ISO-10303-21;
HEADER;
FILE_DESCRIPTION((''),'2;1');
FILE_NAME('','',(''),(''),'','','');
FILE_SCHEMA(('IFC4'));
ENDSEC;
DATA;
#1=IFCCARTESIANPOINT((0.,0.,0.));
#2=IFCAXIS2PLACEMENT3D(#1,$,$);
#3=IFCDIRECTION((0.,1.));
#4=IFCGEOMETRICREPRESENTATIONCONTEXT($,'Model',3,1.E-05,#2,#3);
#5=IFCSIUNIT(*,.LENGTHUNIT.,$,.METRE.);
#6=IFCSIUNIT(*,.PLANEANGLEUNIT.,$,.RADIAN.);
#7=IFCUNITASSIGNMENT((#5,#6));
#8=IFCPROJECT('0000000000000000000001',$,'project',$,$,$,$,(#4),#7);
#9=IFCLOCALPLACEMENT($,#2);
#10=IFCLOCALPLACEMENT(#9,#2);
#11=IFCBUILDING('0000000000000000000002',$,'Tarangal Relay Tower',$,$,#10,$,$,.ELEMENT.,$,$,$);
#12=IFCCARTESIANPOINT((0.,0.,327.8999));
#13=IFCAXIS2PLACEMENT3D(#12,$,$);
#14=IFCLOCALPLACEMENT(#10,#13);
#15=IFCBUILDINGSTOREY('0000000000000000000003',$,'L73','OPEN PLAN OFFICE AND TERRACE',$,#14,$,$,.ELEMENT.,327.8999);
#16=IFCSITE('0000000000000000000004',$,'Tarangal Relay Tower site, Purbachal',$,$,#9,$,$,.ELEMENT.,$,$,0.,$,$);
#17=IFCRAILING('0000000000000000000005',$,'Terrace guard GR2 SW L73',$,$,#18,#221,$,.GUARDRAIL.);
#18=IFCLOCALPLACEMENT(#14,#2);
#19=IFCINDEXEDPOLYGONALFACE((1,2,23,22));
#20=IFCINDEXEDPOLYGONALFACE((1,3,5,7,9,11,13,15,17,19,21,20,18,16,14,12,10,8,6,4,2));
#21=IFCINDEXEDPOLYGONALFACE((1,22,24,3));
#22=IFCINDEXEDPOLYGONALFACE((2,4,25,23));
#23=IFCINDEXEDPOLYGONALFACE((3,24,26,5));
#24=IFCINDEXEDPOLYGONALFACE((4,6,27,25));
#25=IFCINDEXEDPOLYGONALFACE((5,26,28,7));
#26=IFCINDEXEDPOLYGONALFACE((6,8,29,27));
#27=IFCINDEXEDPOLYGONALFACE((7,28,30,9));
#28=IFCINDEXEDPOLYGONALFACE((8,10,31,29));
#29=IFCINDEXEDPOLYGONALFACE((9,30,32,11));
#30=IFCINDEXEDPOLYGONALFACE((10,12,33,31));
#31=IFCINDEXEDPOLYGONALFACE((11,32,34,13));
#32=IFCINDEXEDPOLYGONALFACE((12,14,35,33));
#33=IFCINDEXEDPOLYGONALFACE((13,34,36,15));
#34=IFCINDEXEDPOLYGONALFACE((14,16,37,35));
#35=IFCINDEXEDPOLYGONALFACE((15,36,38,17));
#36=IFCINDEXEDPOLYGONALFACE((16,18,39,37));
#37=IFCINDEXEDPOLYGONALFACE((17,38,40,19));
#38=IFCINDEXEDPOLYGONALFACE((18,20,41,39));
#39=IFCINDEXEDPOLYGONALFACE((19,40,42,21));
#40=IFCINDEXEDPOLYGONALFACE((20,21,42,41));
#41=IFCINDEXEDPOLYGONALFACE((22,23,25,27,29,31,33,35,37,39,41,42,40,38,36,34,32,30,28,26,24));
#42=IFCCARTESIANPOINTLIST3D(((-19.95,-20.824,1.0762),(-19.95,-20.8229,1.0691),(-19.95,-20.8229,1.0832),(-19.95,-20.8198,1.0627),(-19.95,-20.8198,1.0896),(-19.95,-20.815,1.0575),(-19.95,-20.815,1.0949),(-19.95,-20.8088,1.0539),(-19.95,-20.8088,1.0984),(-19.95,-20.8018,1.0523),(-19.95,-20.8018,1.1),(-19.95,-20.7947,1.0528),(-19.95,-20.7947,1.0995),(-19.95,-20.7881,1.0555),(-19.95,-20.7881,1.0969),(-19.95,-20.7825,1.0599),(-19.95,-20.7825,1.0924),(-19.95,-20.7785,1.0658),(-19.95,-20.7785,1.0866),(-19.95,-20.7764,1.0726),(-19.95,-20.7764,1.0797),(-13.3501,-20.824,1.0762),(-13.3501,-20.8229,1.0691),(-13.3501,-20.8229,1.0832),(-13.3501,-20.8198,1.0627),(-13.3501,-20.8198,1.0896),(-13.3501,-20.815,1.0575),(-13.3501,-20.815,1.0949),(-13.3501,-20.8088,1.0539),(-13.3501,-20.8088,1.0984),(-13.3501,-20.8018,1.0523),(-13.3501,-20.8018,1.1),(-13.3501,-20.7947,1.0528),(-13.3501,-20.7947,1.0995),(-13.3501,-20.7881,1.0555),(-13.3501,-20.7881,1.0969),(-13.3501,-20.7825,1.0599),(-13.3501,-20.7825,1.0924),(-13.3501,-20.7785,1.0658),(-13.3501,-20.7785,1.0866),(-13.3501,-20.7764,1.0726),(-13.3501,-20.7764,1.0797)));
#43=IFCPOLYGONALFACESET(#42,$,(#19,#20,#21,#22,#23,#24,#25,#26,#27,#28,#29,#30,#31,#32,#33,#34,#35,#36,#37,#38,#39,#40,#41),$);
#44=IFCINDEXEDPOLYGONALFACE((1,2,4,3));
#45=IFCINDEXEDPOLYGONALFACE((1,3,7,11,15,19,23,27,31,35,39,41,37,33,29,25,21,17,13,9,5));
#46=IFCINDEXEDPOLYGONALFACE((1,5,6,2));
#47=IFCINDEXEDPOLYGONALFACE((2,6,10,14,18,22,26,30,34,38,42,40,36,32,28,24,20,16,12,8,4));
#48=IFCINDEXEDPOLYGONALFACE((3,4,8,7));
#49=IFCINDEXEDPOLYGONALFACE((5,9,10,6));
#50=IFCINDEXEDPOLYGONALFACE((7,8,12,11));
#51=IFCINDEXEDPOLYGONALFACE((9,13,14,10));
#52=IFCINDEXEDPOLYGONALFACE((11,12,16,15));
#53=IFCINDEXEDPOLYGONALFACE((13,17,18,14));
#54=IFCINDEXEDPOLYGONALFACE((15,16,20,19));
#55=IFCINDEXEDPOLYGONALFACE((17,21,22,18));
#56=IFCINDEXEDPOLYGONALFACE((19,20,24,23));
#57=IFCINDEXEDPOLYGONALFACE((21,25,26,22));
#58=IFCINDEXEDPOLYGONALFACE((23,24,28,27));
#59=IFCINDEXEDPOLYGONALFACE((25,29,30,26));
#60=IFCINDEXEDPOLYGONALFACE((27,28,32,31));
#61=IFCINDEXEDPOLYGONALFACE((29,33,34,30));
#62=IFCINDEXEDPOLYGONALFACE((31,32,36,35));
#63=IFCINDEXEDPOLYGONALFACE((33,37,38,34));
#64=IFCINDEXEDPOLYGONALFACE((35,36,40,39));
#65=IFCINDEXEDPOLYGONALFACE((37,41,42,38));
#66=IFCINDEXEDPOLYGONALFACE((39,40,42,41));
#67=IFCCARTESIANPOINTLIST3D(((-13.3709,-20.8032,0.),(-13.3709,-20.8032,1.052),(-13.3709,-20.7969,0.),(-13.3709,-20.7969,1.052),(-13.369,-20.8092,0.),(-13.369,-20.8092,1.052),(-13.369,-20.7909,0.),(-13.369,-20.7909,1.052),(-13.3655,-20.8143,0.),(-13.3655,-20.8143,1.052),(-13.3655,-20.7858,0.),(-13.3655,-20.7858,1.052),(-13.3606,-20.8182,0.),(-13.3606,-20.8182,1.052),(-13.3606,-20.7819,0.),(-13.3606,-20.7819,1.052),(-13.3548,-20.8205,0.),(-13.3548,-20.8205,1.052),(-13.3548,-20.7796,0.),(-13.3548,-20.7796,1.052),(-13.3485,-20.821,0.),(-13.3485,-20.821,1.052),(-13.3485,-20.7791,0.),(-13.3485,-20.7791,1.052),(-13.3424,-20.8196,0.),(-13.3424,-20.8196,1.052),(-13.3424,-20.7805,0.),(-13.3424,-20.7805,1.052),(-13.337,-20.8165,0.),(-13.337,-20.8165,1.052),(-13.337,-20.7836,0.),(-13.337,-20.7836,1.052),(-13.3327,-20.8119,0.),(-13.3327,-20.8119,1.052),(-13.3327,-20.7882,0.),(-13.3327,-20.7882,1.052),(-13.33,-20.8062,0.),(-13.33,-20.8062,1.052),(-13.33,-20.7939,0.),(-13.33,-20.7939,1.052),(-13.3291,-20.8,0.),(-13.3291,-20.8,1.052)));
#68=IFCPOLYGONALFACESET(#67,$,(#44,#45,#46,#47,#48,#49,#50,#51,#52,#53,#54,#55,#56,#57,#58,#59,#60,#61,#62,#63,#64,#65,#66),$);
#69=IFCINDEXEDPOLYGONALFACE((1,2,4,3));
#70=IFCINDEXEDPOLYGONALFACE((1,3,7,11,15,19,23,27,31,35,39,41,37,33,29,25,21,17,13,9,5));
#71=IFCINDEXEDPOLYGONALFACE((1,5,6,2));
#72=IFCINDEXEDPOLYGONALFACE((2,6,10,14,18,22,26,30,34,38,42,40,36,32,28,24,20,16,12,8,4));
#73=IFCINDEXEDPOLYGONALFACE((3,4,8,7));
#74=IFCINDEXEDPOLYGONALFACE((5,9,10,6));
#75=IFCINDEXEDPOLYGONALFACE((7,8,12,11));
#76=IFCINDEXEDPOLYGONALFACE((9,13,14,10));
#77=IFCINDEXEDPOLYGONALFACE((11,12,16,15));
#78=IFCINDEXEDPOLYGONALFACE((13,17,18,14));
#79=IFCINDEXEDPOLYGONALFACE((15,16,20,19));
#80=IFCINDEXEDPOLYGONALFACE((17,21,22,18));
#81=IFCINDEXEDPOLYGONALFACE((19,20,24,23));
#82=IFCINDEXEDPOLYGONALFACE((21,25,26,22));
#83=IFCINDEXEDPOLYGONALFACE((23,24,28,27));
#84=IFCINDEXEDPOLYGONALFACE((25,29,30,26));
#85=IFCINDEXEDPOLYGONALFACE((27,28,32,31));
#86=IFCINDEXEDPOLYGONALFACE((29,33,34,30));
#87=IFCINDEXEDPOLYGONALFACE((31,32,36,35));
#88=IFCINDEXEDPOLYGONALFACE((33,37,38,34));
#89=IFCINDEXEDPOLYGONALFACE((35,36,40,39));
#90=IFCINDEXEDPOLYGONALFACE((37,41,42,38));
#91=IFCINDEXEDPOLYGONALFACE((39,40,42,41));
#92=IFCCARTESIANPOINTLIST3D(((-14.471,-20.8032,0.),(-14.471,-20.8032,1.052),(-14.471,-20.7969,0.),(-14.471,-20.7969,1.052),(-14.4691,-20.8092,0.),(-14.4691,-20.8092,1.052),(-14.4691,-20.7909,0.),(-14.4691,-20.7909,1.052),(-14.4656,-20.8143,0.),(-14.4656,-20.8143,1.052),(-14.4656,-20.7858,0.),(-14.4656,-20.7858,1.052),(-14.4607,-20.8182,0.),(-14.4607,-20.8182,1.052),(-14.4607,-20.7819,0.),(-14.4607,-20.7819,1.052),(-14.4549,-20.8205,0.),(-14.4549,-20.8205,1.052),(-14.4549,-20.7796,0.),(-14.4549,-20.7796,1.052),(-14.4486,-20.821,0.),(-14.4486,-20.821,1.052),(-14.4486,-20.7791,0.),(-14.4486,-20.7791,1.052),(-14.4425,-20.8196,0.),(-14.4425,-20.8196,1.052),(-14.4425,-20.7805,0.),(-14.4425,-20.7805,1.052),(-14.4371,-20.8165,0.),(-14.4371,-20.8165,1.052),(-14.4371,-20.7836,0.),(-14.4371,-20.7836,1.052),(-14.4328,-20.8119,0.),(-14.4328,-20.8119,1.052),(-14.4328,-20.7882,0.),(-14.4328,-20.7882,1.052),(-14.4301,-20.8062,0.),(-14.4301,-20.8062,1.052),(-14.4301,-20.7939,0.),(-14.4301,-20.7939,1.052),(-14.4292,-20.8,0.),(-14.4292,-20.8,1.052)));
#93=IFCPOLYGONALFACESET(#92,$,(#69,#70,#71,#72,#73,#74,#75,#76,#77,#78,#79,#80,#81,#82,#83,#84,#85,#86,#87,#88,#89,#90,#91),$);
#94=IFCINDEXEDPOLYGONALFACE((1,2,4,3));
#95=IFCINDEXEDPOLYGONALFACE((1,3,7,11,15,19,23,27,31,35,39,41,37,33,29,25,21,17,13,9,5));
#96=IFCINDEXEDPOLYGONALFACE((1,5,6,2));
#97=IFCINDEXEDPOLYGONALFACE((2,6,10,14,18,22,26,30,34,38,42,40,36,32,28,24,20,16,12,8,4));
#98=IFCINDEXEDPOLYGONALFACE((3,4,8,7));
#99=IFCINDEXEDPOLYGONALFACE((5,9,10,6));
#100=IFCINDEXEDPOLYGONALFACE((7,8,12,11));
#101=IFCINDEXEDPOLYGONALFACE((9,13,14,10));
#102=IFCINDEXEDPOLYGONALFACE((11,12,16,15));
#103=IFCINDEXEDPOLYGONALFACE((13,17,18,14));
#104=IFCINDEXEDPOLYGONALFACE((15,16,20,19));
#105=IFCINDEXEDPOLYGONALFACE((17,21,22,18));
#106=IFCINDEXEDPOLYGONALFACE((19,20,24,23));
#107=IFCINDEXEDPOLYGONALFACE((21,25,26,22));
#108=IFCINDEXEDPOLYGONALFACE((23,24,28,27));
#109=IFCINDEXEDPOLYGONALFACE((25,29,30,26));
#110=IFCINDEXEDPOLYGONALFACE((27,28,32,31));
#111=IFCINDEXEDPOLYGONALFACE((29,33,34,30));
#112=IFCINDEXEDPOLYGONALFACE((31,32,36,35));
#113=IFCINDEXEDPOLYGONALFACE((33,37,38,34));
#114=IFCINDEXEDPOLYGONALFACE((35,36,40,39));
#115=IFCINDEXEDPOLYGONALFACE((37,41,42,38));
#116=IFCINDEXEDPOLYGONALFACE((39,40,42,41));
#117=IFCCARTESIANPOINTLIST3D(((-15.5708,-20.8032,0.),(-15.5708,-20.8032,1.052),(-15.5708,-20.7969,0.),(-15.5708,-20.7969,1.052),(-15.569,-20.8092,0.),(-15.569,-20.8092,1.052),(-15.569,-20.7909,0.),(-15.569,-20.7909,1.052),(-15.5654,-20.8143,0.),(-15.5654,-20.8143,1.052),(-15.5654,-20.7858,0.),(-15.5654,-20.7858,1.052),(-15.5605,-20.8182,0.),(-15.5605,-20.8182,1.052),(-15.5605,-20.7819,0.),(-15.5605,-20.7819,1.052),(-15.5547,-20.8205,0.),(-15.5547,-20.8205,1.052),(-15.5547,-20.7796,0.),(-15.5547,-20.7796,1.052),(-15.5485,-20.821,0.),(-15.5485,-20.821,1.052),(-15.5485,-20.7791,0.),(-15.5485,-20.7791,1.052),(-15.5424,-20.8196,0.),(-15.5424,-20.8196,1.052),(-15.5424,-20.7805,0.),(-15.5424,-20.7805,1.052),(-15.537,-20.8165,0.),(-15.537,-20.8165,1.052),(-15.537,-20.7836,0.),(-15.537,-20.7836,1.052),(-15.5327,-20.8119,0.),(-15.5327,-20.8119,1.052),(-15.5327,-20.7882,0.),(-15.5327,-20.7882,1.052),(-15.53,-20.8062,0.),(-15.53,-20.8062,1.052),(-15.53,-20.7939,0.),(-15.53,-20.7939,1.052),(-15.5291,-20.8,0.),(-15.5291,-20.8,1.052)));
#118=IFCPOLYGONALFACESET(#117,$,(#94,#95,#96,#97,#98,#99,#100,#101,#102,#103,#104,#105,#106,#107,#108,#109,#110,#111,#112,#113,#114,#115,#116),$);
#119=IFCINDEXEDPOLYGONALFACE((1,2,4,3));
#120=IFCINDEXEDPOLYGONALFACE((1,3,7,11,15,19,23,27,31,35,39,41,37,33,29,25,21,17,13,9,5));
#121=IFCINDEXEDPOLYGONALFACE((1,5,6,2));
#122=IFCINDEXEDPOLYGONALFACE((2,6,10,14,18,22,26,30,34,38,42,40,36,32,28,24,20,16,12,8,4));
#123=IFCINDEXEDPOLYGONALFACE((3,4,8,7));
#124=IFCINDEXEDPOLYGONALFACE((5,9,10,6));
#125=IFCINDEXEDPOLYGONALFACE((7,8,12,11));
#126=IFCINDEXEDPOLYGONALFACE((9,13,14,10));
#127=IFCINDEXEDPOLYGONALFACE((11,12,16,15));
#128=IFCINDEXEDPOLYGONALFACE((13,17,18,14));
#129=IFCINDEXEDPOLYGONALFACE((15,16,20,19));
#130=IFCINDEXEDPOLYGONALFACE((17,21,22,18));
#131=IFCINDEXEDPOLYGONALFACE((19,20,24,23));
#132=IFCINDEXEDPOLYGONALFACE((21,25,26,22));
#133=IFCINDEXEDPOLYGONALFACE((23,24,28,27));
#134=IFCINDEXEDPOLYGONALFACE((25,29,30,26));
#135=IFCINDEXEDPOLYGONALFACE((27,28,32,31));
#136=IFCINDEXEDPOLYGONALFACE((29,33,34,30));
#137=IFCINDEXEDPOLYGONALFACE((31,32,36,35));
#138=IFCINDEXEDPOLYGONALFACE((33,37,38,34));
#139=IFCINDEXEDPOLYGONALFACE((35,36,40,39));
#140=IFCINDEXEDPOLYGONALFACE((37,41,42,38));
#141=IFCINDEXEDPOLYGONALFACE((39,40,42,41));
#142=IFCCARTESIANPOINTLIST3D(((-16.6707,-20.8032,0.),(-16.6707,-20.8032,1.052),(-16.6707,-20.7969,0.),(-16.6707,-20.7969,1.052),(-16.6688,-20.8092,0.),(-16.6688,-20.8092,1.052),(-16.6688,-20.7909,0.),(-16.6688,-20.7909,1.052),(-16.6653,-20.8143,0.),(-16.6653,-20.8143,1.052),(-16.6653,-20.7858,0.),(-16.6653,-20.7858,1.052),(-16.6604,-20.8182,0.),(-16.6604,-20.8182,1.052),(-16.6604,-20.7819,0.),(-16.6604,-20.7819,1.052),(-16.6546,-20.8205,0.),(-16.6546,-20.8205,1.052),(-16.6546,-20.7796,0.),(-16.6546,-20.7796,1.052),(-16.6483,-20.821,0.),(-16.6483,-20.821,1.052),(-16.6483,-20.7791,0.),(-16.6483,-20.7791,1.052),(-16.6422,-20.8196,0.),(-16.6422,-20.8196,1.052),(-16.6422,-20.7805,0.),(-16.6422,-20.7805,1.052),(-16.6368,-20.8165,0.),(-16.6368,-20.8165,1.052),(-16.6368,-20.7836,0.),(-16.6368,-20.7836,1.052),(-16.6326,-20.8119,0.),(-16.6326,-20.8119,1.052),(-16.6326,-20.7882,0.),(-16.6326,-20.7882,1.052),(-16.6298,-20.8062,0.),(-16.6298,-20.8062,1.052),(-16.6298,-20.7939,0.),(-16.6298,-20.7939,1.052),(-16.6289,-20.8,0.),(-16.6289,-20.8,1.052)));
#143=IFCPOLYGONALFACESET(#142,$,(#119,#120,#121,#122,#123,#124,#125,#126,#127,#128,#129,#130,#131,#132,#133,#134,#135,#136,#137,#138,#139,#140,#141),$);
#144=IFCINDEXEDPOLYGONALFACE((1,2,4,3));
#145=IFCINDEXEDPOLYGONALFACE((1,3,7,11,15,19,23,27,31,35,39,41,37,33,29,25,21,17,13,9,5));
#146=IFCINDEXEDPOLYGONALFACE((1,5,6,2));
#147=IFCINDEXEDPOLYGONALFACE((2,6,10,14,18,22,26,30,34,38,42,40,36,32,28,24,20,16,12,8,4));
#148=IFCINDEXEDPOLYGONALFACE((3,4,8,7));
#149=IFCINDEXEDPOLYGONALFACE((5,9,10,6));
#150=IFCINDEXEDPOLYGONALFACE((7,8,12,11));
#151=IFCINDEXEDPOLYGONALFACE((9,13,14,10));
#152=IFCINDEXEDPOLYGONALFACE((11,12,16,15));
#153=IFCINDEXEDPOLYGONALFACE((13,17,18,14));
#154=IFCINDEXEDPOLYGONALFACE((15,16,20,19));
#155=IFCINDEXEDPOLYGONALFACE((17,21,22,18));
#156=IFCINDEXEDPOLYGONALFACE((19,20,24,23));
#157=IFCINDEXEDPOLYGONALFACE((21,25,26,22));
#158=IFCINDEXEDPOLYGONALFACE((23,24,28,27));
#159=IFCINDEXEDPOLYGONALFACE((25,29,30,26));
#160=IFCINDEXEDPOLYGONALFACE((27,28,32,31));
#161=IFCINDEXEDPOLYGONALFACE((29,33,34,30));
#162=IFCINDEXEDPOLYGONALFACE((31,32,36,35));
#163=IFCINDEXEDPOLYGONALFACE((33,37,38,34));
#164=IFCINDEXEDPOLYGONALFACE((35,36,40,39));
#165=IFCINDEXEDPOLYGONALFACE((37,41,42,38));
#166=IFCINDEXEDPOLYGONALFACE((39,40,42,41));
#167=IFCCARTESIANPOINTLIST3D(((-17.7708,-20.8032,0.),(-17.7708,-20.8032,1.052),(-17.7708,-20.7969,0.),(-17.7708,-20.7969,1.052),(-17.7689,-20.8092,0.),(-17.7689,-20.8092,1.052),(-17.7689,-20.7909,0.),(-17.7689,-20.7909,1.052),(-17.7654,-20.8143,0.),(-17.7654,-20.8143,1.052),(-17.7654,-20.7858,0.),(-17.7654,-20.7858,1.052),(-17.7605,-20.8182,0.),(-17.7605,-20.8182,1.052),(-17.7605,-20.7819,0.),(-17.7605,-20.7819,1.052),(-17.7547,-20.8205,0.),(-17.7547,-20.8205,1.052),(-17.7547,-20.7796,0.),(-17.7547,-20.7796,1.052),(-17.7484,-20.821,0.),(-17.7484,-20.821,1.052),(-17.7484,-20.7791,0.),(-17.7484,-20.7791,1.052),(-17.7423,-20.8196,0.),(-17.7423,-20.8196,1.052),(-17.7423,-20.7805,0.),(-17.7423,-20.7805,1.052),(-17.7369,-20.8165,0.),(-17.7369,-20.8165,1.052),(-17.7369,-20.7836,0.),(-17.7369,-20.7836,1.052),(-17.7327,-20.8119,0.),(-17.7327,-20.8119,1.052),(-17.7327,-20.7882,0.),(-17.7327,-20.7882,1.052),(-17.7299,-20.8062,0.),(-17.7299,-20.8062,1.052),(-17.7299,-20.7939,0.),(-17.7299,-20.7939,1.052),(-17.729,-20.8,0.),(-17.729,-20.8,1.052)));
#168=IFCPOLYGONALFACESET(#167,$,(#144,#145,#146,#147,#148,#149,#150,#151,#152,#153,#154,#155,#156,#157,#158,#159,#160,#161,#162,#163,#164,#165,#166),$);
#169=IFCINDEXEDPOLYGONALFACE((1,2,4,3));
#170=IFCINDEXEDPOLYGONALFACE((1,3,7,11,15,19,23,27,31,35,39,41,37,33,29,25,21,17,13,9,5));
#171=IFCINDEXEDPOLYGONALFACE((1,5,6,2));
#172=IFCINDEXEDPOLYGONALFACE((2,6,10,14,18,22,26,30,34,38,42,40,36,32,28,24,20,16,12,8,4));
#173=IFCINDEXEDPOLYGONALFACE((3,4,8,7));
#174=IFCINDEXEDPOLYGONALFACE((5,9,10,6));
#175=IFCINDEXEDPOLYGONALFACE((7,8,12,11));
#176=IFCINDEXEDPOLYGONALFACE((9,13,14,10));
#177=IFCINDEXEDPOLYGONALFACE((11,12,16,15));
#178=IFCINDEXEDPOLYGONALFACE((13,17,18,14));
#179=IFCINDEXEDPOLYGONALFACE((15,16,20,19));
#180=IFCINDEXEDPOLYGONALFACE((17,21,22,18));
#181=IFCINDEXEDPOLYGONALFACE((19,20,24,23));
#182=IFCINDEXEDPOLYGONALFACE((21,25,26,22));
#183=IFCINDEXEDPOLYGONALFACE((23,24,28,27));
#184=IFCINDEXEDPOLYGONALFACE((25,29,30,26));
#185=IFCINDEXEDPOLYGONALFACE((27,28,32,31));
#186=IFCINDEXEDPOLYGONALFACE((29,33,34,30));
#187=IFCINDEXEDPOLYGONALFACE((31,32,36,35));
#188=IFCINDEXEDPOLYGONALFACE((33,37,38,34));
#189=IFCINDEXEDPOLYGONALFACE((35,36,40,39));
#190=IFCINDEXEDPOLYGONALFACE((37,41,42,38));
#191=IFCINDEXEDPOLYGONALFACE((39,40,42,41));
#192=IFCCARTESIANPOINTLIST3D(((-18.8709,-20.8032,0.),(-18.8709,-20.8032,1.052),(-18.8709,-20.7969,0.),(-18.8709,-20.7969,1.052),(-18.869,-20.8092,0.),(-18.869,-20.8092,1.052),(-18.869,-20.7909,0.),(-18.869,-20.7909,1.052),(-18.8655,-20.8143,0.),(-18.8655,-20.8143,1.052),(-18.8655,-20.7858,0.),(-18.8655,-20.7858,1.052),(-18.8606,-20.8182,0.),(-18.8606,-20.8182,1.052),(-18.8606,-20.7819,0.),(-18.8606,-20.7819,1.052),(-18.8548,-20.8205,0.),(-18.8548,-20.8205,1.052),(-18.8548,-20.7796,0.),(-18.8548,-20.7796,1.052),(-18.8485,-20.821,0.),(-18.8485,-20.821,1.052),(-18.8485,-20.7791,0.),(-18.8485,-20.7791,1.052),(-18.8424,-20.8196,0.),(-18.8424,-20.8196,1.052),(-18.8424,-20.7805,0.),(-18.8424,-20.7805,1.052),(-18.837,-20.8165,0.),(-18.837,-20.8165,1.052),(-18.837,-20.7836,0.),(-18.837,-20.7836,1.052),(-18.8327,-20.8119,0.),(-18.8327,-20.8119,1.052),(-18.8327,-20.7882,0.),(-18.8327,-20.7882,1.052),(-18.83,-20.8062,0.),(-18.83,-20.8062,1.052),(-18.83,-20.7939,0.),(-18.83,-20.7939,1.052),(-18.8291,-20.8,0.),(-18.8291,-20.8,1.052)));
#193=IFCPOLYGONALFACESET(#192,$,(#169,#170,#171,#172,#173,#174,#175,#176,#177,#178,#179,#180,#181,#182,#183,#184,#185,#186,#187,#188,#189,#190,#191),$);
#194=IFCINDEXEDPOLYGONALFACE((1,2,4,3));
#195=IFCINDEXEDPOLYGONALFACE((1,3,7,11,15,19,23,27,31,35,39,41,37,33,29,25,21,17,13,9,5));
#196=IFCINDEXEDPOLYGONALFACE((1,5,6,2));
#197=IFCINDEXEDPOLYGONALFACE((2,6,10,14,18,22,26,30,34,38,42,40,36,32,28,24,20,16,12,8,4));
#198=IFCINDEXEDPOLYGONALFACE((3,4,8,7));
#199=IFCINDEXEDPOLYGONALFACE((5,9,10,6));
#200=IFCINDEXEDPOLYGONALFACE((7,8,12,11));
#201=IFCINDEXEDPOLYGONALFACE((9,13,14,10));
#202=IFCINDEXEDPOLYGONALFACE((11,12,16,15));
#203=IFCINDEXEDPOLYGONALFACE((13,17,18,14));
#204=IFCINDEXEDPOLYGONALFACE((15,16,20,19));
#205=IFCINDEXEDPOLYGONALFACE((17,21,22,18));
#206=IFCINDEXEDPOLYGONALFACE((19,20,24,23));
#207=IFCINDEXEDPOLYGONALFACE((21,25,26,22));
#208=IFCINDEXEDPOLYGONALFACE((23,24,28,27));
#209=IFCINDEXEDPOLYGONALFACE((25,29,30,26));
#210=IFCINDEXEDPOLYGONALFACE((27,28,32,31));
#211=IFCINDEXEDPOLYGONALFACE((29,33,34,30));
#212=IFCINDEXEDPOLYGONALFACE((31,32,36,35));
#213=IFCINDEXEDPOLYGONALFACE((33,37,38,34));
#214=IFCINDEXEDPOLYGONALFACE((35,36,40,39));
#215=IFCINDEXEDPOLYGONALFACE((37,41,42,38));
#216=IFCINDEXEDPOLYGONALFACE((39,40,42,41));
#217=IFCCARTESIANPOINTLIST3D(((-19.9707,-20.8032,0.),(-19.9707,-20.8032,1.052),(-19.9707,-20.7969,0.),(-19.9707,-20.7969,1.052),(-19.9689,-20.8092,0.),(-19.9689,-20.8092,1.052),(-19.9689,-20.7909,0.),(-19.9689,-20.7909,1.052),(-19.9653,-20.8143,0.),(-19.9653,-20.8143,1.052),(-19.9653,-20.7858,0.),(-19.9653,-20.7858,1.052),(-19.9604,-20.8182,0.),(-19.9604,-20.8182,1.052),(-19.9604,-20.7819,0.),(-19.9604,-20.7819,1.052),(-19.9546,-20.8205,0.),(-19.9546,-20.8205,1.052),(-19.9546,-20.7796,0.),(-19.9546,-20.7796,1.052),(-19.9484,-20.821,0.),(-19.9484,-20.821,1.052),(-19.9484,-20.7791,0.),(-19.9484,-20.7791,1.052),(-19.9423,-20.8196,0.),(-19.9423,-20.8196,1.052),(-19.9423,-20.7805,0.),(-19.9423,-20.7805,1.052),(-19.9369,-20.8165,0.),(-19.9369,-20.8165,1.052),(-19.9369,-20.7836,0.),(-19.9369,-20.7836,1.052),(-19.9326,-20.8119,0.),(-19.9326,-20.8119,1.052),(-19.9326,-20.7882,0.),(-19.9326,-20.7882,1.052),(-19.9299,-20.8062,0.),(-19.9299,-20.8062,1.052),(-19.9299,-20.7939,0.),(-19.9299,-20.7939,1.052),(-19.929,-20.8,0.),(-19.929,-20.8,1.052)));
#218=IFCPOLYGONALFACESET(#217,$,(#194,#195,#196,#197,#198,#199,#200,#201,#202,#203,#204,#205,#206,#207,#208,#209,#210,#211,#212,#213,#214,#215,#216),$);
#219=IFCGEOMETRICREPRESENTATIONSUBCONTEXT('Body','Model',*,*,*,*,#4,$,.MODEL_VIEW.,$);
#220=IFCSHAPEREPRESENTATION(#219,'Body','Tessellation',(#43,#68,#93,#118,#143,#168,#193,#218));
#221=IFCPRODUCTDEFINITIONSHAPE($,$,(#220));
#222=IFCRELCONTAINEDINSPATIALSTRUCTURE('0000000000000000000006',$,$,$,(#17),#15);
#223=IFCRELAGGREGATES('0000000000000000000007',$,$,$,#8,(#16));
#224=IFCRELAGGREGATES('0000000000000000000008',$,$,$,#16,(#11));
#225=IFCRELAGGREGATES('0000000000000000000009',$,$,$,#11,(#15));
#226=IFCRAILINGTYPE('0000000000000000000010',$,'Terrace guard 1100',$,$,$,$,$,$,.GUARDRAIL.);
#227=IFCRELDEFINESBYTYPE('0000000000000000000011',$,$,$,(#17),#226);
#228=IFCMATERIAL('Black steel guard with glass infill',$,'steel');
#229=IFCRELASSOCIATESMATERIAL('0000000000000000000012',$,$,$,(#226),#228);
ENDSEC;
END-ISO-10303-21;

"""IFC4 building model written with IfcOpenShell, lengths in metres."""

from ifc_helpers import new_model, si_unit, direction, frame, origin, origin_2d, place, context, subcontext, project, spatial, circle, extrude, material, type_object, element, save


model = new_model("IFC4")

# Units and contexts
model_context = context("Model", 3, precision=1e-05, world=origin(), true_north=direction((0.0, 1.0)))
body_context = subcontext(model_context, "Body", "Model", "MODEL_VIEW")
ifc_project = project(units=[si_unit("LENGTHUNIT", "METRE"), si_unit("PLANEANGLEUNIT", "RADIAN")], contexts=[model_context])

# Site, building, storey
site_placement = place(None, origin())
site = spatial("IfcSite", under=ifc_project, at=site_placement, Name="Tarangal Relay Tower site, Purbachal", CompositionType="ELEMENT", RefElevation=0.0)
building_placement = place(site_placement, origin())
building = spatial("IfcBuilding", under=site, at=building_placement, Name="Tarangal Relay Tower", CompositionType="ELEMENT")
storey_placement = place(building_placement, frame((0.0, 0.0, 327.8999)))
storey = spatial("IfcBuildingStorey", under=building, at=storey_placement, Name="L73", Description="OPEN PLAN OFFICE AND TERRACE", CompositionType="ELEMENT", Elevation=327.8999)

# Railing
ifc_material_1 = material(Name="Black steel guard with glass infill", Category="steel")
railing_type = type_object("IfcRailingType", Name="Terrace guard 1100", PredefinedType="GUARDRAIL", material=ifc_material_1)
railing_1_placement = place(storey_placement, frame((-13.3501, -20.8, 0.0)))
element("IfcRailing", 1, at=railing_1_placement, inside=storey, type_object=railing_type, Name="Terrace guard GR2 SW L73", PredefinedType="GUARDRAIL", context=body_context, shape_type="SweptSolid", body=[
    extrude(circle(Radius=0.0239, at=origin_2d()), frame((0.0, 0.0, 1.0762), z_axis=(-1.0, 0.0, 0.0), x_axis=(0.0, -1.0, 0.0)), (0.0, 0.0, 1.0), 6.5999),
    extrude(circle(Radius=0.021, at=origin_2d()), origin(), (0.0, 0.0, 1.0), 1.052),
    extrude(circle(Radius=0.021, at=origin_2d()), frame((-1.1001, 0.0, 0.0)), (0.0, 0.0, 1.0), 1.052),
    extrude(circle(Radius=0.021, at=origin_2d()), frame((-2.2, 0.0, 0.0)), (0.0, 0.0, 1.0), 1.052),
    extrude(circle(Radius=0.021, at=origin_2d()), frame((-3.2998, 0.0, 0.0)), (0.0, 0.0, 1.0), 1.052),
    extrude(circle(Radius=0.021, at=origin_2d()), frame((-4.3999, 0.0, 0.0)), (0.0, 0.0, 1.0), 1.052),
    extrude(circle(Radius=0.021, at=origin_2d()), frame((-5.5, 0.0, 0.0)), (0.0, 0.0, 1.0), 1.052),
    extrude(circle(Radius=0.021, at=origin_2d()), frame((-6.5999, 0.0, 0.0)), (0.0, 0.0, 1.0), 1.052),
])

save(model, "model.ifc")
